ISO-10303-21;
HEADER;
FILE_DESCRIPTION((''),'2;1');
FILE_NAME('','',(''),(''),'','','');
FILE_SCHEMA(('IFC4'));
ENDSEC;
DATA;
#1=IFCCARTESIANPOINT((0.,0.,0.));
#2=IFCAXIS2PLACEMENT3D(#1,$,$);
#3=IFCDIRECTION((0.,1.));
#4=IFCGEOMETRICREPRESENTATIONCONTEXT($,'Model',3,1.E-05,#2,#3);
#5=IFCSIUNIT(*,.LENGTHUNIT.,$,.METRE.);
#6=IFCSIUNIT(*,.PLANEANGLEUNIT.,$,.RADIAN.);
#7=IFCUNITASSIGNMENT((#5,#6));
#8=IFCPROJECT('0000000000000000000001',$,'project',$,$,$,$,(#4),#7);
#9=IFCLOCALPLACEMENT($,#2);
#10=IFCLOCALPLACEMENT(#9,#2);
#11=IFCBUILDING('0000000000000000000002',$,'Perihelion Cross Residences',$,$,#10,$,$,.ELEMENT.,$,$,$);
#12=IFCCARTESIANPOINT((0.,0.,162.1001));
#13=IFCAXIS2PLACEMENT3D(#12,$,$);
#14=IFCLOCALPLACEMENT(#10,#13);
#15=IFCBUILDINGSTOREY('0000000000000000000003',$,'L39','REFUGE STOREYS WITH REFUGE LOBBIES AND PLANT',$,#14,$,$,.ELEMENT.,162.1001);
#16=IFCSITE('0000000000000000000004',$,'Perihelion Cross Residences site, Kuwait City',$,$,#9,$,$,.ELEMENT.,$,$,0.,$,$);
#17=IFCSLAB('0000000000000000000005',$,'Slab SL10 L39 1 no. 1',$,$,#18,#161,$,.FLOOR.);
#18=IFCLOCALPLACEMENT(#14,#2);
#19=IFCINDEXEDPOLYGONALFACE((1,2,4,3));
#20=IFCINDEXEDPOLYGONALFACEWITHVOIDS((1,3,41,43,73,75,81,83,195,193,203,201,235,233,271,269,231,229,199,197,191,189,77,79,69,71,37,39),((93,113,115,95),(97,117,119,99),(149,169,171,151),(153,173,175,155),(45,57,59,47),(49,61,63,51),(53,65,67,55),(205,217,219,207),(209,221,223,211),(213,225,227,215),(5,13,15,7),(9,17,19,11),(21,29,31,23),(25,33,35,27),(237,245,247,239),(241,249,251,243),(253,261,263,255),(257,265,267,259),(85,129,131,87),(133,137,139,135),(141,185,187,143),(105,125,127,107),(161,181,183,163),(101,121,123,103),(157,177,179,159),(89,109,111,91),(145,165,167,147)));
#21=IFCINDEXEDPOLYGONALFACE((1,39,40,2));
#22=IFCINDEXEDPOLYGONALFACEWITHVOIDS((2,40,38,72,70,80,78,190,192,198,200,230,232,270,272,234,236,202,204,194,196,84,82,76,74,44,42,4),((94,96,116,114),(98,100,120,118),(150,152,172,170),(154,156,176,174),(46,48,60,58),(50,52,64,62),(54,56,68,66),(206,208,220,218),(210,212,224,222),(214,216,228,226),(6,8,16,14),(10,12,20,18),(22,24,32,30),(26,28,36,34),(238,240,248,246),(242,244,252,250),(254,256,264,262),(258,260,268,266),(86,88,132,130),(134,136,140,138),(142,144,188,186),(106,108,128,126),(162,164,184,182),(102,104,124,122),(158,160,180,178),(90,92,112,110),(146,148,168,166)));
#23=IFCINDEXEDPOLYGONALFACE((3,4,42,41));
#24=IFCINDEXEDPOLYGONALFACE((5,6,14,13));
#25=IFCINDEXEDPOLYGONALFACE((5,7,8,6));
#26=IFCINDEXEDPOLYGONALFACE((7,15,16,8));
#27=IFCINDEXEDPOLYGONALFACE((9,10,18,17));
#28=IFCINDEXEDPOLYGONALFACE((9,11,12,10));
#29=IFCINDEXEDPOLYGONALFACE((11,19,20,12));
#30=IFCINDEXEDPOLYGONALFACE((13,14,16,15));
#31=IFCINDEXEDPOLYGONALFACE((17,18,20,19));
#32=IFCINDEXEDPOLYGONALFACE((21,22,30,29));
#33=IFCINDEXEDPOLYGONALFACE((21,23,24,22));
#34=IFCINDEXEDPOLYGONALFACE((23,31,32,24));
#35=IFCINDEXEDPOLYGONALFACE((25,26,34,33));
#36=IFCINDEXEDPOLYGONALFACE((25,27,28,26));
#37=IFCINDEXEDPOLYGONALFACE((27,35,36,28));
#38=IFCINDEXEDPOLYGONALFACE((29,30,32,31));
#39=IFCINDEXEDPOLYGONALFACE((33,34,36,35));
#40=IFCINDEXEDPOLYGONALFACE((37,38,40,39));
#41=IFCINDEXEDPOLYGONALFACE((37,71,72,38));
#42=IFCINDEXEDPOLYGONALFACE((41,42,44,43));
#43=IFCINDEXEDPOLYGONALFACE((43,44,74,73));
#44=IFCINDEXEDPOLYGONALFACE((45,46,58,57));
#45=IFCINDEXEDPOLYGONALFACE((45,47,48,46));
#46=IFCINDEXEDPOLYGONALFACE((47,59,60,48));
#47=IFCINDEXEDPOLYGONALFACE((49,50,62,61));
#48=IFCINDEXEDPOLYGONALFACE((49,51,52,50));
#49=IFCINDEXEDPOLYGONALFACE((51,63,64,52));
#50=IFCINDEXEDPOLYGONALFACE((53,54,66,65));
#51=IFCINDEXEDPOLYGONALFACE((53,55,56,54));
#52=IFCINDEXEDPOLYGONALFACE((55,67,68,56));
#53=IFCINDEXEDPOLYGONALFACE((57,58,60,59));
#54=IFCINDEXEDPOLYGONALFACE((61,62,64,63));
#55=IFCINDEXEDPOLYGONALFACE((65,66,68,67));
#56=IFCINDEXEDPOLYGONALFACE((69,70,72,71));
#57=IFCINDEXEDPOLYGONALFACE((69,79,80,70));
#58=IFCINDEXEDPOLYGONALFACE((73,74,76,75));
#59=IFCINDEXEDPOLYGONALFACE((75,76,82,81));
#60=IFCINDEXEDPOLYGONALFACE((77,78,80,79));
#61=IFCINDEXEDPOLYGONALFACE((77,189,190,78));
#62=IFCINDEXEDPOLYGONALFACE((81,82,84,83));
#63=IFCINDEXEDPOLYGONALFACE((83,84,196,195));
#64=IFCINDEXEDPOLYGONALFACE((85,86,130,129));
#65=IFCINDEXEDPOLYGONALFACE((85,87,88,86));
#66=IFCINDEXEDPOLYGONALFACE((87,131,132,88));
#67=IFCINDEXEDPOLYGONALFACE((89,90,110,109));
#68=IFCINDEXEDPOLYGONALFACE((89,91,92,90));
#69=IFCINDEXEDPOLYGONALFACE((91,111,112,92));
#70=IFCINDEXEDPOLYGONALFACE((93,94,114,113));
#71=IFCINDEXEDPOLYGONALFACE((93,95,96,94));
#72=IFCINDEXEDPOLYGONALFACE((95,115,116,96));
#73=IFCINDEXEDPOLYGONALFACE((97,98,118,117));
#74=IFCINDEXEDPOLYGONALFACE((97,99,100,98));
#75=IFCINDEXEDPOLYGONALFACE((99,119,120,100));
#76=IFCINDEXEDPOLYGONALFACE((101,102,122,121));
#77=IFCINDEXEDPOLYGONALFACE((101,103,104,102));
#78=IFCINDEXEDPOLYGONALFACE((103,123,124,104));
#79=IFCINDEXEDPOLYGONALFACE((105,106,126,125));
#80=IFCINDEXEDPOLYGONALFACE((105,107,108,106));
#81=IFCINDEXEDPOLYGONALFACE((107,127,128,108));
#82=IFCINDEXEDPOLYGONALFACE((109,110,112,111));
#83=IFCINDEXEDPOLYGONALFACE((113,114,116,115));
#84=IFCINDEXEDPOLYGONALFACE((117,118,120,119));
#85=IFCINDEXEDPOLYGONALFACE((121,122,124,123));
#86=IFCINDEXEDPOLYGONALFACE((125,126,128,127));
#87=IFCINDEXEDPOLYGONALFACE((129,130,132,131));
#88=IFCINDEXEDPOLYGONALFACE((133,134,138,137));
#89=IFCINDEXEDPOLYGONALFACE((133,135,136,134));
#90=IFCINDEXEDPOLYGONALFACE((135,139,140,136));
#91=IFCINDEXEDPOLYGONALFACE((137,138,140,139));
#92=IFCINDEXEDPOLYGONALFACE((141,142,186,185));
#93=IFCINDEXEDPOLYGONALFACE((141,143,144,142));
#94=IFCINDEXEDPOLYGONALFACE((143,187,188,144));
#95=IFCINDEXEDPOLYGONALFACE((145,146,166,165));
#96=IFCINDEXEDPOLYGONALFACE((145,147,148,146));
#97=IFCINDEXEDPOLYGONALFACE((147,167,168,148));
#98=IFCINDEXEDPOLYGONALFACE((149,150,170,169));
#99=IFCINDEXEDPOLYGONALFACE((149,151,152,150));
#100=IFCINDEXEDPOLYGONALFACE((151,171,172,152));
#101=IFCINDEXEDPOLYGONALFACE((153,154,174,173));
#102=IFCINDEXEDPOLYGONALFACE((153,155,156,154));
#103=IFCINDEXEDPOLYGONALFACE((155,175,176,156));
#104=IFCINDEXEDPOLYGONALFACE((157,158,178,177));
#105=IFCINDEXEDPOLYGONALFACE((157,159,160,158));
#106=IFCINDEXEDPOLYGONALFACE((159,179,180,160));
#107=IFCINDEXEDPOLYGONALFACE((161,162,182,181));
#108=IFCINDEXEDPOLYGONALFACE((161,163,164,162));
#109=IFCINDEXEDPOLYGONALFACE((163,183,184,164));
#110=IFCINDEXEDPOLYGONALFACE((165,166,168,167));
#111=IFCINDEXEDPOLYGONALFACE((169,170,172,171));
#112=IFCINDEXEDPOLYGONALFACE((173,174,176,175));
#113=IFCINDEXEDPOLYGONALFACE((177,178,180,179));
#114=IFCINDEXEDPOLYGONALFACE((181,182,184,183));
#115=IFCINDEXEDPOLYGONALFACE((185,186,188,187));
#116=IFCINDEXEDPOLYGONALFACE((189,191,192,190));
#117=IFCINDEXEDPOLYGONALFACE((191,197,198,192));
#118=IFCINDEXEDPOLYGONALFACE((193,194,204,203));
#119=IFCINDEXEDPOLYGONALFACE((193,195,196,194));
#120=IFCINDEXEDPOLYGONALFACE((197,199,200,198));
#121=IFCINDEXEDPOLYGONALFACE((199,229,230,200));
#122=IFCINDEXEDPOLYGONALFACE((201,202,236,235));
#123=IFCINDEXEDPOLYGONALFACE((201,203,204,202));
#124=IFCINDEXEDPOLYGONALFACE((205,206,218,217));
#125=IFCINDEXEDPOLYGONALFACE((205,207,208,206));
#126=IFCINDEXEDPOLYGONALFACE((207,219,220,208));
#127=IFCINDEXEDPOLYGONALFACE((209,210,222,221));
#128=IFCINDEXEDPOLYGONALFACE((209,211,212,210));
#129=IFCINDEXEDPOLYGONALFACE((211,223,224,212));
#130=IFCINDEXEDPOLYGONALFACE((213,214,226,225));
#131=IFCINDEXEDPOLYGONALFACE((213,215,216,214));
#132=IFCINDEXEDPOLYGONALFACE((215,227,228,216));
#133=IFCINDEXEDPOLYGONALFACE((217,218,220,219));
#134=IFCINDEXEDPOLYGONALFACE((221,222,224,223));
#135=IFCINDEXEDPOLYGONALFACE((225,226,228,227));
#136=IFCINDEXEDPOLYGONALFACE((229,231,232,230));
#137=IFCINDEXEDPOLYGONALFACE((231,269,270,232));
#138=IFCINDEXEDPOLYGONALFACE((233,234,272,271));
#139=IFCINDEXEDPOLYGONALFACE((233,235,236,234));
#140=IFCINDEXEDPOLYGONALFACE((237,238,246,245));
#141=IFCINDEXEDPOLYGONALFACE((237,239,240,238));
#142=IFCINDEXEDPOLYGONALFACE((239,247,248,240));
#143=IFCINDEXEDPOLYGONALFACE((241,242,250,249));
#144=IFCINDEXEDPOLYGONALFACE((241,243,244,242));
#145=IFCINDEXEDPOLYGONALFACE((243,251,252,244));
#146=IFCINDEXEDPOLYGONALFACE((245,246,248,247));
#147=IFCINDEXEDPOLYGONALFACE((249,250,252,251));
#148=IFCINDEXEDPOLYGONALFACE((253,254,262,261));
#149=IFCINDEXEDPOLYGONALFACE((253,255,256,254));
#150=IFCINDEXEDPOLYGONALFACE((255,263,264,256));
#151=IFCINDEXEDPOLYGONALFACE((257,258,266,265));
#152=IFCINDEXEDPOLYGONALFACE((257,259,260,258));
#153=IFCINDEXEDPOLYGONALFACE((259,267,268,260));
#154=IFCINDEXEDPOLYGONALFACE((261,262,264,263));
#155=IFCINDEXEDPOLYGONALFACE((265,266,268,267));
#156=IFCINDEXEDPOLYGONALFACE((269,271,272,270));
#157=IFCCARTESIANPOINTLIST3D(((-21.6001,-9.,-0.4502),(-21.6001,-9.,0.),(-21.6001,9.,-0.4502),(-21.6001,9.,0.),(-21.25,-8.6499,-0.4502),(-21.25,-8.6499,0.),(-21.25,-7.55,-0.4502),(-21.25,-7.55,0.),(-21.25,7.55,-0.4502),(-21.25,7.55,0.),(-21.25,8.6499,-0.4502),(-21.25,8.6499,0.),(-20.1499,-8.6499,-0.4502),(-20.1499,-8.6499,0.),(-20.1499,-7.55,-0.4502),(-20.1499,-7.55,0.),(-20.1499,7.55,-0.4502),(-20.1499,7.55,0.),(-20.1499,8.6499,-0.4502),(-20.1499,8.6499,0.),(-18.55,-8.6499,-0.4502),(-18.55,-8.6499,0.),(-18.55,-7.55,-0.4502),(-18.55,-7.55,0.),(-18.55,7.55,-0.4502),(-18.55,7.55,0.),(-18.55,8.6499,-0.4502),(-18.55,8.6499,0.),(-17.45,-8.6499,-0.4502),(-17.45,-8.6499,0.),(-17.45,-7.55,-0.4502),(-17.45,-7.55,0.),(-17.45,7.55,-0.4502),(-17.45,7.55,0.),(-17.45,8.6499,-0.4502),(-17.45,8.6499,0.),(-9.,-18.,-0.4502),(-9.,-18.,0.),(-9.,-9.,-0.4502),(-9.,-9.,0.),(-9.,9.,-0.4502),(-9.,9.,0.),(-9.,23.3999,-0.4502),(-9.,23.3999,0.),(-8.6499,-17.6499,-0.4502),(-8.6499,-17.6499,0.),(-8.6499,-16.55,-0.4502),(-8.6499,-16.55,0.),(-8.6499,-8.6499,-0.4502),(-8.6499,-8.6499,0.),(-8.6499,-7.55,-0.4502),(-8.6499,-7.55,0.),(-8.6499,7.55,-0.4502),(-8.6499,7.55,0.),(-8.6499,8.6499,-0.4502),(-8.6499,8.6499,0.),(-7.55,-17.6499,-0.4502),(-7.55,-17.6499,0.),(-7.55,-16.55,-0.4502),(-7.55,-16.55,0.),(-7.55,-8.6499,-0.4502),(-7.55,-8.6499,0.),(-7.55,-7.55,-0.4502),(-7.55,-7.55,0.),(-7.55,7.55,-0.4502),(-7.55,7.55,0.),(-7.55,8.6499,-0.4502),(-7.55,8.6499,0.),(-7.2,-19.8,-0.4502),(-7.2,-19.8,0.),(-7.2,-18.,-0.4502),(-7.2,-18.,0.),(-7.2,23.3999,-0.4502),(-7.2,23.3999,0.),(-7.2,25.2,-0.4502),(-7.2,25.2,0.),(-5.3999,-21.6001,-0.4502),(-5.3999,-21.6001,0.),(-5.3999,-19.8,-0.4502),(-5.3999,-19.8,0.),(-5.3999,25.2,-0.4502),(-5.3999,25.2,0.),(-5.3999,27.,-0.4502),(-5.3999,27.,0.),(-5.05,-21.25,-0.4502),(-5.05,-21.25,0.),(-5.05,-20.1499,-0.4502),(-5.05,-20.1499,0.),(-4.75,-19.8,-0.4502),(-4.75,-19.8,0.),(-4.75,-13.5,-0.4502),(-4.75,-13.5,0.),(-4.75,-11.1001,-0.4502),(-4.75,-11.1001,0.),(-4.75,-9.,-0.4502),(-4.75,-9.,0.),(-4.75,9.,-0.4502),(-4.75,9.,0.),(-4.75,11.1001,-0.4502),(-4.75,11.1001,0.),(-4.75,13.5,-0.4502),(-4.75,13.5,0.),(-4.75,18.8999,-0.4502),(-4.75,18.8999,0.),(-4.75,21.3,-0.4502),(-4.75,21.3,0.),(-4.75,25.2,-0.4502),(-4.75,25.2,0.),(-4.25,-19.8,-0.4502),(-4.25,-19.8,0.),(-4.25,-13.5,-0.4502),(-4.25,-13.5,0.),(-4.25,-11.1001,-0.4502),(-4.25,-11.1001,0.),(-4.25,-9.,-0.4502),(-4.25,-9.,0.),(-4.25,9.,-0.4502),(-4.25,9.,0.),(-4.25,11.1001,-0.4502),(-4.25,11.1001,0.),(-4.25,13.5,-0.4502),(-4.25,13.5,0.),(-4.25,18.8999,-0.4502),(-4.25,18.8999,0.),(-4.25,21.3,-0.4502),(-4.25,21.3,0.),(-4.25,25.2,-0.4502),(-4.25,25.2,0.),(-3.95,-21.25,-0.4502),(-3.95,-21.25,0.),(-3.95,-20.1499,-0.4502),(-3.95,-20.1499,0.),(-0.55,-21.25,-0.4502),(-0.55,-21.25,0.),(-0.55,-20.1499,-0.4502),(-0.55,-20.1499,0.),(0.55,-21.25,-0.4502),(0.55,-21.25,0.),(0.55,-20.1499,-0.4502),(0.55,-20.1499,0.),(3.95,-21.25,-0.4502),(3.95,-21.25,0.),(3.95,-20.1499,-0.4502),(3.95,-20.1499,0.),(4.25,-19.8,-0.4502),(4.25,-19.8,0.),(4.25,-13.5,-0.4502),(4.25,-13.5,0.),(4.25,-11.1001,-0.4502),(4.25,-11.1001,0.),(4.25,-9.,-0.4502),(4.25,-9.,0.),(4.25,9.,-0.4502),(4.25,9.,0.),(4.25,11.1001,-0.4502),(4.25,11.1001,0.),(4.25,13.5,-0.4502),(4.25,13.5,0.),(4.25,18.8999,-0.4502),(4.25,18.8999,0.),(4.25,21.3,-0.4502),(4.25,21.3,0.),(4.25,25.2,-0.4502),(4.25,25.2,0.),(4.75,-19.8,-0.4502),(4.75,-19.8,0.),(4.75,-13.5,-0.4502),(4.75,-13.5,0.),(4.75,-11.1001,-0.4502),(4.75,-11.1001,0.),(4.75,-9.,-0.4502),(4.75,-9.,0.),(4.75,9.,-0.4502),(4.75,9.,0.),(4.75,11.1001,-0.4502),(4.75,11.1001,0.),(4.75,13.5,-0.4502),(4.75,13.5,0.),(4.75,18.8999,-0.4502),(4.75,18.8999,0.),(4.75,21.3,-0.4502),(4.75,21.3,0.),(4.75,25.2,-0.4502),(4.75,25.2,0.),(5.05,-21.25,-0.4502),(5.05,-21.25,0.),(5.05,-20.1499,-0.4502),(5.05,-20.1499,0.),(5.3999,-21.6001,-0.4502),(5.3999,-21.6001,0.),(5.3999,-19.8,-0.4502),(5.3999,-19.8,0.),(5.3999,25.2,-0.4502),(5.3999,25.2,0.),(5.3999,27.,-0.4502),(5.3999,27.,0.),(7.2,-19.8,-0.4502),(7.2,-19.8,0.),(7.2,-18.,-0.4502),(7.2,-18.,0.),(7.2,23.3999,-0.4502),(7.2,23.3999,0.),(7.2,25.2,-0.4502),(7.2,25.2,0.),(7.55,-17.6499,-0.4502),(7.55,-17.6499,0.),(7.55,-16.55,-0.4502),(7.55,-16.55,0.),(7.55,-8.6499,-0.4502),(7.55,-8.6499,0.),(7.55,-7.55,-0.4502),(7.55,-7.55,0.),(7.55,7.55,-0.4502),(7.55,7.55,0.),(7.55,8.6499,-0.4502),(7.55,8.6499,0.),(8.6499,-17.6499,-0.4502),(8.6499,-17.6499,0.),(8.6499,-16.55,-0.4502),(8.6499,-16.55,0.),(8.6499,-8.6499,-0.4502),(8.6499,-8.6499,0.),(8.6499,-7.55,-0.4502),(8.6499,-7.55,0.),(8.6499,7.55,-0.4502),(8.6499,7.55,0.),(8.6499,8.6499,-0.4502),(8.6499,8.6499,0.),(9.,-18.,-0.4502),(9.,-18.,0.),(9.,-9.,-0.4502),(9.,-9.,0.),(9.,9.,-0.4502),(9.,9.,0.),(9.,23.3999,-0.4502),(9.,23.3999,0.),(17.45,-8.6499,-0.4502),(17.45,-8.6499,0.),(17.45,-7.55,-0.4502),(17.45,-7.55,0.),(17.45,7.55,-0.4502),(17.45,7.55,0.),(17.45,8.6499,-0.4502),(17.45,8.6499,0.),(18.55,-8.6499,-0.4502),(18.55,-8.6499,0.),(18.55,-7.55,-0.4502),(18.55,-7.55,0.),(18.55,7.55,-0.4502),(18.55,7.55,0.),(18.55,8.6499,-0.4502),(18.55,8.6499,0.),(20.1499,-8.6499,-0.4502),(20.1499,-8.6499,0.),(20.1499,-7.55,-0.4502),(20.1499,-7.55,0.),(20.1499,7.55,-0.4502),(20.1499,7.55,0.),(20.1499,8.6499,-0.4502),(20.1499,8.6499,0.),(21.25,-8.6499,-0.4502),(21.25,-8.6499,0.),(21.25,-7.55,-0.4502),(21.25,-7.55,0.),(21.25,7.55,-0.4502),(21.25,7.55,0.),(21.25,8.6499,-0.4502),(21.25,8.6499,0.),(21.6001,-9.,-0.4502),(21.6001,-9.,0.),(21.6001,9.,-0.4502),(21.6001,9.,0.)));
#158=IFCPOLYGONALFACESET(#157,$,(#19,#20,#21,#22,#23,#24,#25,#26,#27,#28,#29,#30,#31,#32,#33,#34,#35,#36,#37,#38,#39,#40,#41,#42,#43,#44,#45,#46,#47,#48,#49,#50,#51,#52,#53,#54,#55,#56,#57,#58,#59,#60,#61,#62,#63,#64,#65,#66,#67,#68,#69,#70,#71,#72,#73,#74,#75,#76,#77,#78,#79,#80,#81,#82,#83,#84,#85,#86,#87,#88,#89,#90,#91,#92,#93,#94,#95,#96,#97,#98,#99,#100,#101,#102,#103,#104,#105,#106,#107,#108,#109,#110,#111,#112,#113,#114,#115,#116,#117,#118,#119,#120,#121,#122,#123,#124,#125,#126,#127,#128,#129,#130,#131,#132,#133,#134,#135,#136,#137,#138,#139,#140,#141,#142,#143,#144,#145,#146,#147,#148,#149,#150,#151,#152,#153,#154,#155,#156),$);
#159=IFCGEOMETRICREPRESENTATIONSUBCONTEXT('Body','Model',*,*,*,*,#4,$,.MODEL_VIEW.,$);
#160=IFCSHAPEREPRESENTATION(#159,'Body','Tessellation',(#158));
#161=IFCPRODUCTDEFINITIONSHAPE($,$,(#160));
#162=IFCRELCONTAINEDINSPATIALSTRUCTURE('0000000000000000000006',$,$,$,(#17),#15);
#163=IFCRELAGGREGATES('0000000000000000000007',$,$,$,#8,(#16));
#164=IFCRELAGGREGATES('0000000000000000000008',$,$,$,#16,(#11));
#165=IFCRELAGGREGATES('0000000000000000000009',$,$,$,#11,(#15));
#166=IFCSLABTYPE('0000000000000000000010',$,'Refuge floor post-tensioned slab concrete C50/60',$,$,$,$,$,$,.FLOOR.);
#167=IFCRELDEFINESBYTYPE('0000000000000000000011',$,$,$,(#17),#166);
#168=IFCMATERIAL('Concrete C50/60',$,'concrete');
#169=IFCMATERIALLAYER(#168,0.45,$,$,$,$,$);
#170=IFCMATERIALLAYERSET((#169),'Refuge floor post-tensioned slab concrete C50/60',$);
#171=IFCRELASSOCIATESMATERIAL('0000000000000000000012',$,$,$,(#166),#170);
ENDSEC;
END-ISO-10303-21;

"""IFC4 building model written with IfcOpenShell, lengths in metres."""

from ifc_helpers import new_model, si_unit, direction, frame, origin, place, context, subcontext, project, spatial, polyline, outline, extrude, material, layer, layer_set, type_object, element, save


model = new_model("IFC4")

# Units and contexts
model_context = context("Model", 3, precision=1e-05, world=origin(), true_north=direction((0.0, 1.0)))
body_context = subcontext(model_context, "Body", "Model", "MODEL_VIEW")
ifc_project = project(units=[si_unit("LENGTHUNIT", "METRE"), si_unit("PLANEANGLEUNIT", "RADIAN")], contexts=[model_context])

# Site, building, storey
site_placement = place(None, origin())
site = spatial("IfcSite", under=ifc_project, at=site_placement, Name="Perihelion Cross Residences site, Kuwait City", CompositionType="ELEMENT", RefElevation=0.0)
building_placement = place(site_placement, origin())
building = spatial("IfcBuilding", under=site, at=building_placement, Name="Perihelion Cross Residences", CompositionType="ELEMENT")
storey_placement = place(building_placement, frame((0.0, 0.0, 162.1001)))
storey = spatial("IfcBuildingStorey", under=building, at=storey_placement, Name="L39", Description="REFUGE STOREYS WITH REFUGE LOBBIES AND PLANT", CompositionType="ELEMENT", Elevation=162.1001)

# Slab
ifc_material_1 = material(Name="Concrete C50/60", Category="concrete")
ifc_layer_1 = layer(ifc_material_1, 0.45)
ifc_layer_set_1 = layer_set([ifc_layer_1], Name="Refuge floor post-tensioned slab concrete C50/60")
slab_type_1 = type_object("IfcSlabType", Name="Refuge floor post-tensioned slab concrete C50/60", PredefinedType="FLOOR", material=ifc_layer_set_1)
slab_1_placement = place(storey_placement, frame((0.0, 0.0, -0.4502)))
element("IfcSlab", 1, at=slab_1_placement, inside=storey, type_object=slab_type_1, Name="Slab SL10 L39 1 no. 1", PredefinedType="FLOOR", context=body_context, shape_type="SweptSolid", body=[
    extrude(outline(polyline([(-9.0, 9.0), (-9.0, 23.3999), (-7.2, 23.3999), (-7.2, 25.2), (-5.3999, 25.2), (-5.3999, 27.0), (5.3999, 27.0), (5.3999, 25.2), (7.2, 25.2), (7.2, 23.3999), (9.0, 23.3999), (9.0, 9.0), (21.6001, 9.0), (21.6001, -9.0), (9.0, -9.0), (9.0, -18.0), (7.2, -18.0), (7.2, -19.8), (5.3999, -19.8), (5.3999, -21.6001), (-5.3999, -21.6001), (-5.3999, -19.8), (-7.2, -19.8), (-7.2, -18.0), (-9.0, -18.0), (-9.0, -9.0), (-21.6001, -9.0), (-21.6001, 9.0), (-9.0, 9.0)]), holes=[polyline([(-3.95, -20.1499), (-5.05, -20.1499), (-5.05, -21.25), (-3.95, -21.25), (-3.95, -20.1499)]), polyline([(0.55, -21.25), (0.55, -20.1499), (-0.55, -20.1499), (-0.55, -21.25), (0.55, -21.25)]), polyline([(-7.55, -17.6499), (-7.55, -16.55), (-8.6499, -16.55), (-8.6499, -17.6499), (-7.55, -17.6499)]), polyline([(-4.25, -19.8), (-4.25, -13.5), (-4.75, -13.5), (-4.75, -19.8), (-4.25, -19.8)]), polyline([(-4.25, -11.1001), (-4.25, -9.0), (-4.75, -9.0), (-4.75, -11.1001), (-4.25, -11.1001)]), polyline([(-20.1499, -8.6499), (-20.1499, -7.55), (-21.25, -7.55), (-21.25, -8.6499), (-20.1499, -8.6499)]), polyline([(-17.45, -8.6499), (-17.45, -7.55), (-18.55, -7.55), (-18.55, -8.6499), (-17.45, -8.6499)]), polyline([(-7.55, -7.55), (-8.6499, -7.55), (-8.6499, -8.6499), (-7.55, -8.6499), (-7.55, -7.55)]), polyline([(-20.1499, 7.55), (-20.1499, 8.6499), (-21.25, 8.6499), (-21.25, 7.55), (-20.1499, 7.55)]), polyline([(-17.45, 7.55), (-17.45, 8.6499), (-18.55, 8.6499), (-18.55, 7.55), (-17.45, 7.55)]), polyline([(-7.55, 7.55), (-7.55, 8.6499), (-8.6499, 8.6499), (-8.6499, 7.55), (-7.55, 7.55)]), polyline([(-4.25, 9.0), (-4.25, 11.1001), (-4.75, 11.1001), (-4.75, 9.0), (-4.25, 9.0)]), polyline([(-4.25, 13.5), (-4.25, 18.8999), (-4.75, 18.8999), (-4.75, 13.5), (-4.25, 13.5)]), polyline([(-4.25, 25.2), (-4.75, 25.2), (-4.75, 21.3), (-4.25, 21.3), (-4.25, 25.2)]), polyline([(5.05, -21.25), (5.05, -20.1499), (3.95, -20.1499), (3.95, -21.25), (5.05, -21.25)]), polyline([(8.6499, -17.6499), (8.6499, -16.55), (7.55, -16.55), (7.55, -17.6499), (8.6499, -17.6499)]), polyline([(4.75, -19.8), (4.75, -13.5), (4.25, -13.5), (4.25, -19.8), (4.75, -19.8)]), polyline([(4.75, -11.1001), (4.75, -9.0), (4.25, -9.0), (4.25, -11.1001), (4.75, -11.1001)]), polyline([(8.6499, -8.6499), (8.6499, -7.55), (7.55, -7.55), (7.55, -8.6499), (8.6499, -8.6499)]), polyline([(18.55, -8.6499), (18.55, -7.55), (17.45, -7.55), (17.45, -8.6499), (18.55, -8.6499)]), polyline([(21.25, -8.6499), (21.25, -7.55), (20.1499, -7.55), (20.1499, -8.6499), (21.25, -8.6499)]), polyline([(8.6499, 7.55), (8.6499, 8.6499), (7.55, 8.6499), (7.55, 7.55), (8.6499, 7.55)]), polyline([(18.55, 7.55), (18.55, 8.6499), (17.45, 8.6499), (17.45, 7.55), (18.55, 7.55)]), polyline([(21.25, 7.55), (21.25, 8.6499), (20.1499, 8.6499), (20.1499, 7.55), (21.25, 7.55)]), polyline([(4.75, 9.0), (4.75, 11.1001), (4.25, 11.1001), (4.25, 9.0), (4.75, 9.0)]), polyline([(4.75, 13.5), (4.75, 18.8999), (4.25, 18.8999), (4.25, 13.5), (4.75, 13.5)]), polyline([(4.75, 21.3), (4.75, 25.2), (4.25, 25.2), (4.25, 21.3), (4.75, 21.3)])]), origin(), (0.0, 0.0, 1.0), 0.4502),
])

save(model, "model.ifc")
